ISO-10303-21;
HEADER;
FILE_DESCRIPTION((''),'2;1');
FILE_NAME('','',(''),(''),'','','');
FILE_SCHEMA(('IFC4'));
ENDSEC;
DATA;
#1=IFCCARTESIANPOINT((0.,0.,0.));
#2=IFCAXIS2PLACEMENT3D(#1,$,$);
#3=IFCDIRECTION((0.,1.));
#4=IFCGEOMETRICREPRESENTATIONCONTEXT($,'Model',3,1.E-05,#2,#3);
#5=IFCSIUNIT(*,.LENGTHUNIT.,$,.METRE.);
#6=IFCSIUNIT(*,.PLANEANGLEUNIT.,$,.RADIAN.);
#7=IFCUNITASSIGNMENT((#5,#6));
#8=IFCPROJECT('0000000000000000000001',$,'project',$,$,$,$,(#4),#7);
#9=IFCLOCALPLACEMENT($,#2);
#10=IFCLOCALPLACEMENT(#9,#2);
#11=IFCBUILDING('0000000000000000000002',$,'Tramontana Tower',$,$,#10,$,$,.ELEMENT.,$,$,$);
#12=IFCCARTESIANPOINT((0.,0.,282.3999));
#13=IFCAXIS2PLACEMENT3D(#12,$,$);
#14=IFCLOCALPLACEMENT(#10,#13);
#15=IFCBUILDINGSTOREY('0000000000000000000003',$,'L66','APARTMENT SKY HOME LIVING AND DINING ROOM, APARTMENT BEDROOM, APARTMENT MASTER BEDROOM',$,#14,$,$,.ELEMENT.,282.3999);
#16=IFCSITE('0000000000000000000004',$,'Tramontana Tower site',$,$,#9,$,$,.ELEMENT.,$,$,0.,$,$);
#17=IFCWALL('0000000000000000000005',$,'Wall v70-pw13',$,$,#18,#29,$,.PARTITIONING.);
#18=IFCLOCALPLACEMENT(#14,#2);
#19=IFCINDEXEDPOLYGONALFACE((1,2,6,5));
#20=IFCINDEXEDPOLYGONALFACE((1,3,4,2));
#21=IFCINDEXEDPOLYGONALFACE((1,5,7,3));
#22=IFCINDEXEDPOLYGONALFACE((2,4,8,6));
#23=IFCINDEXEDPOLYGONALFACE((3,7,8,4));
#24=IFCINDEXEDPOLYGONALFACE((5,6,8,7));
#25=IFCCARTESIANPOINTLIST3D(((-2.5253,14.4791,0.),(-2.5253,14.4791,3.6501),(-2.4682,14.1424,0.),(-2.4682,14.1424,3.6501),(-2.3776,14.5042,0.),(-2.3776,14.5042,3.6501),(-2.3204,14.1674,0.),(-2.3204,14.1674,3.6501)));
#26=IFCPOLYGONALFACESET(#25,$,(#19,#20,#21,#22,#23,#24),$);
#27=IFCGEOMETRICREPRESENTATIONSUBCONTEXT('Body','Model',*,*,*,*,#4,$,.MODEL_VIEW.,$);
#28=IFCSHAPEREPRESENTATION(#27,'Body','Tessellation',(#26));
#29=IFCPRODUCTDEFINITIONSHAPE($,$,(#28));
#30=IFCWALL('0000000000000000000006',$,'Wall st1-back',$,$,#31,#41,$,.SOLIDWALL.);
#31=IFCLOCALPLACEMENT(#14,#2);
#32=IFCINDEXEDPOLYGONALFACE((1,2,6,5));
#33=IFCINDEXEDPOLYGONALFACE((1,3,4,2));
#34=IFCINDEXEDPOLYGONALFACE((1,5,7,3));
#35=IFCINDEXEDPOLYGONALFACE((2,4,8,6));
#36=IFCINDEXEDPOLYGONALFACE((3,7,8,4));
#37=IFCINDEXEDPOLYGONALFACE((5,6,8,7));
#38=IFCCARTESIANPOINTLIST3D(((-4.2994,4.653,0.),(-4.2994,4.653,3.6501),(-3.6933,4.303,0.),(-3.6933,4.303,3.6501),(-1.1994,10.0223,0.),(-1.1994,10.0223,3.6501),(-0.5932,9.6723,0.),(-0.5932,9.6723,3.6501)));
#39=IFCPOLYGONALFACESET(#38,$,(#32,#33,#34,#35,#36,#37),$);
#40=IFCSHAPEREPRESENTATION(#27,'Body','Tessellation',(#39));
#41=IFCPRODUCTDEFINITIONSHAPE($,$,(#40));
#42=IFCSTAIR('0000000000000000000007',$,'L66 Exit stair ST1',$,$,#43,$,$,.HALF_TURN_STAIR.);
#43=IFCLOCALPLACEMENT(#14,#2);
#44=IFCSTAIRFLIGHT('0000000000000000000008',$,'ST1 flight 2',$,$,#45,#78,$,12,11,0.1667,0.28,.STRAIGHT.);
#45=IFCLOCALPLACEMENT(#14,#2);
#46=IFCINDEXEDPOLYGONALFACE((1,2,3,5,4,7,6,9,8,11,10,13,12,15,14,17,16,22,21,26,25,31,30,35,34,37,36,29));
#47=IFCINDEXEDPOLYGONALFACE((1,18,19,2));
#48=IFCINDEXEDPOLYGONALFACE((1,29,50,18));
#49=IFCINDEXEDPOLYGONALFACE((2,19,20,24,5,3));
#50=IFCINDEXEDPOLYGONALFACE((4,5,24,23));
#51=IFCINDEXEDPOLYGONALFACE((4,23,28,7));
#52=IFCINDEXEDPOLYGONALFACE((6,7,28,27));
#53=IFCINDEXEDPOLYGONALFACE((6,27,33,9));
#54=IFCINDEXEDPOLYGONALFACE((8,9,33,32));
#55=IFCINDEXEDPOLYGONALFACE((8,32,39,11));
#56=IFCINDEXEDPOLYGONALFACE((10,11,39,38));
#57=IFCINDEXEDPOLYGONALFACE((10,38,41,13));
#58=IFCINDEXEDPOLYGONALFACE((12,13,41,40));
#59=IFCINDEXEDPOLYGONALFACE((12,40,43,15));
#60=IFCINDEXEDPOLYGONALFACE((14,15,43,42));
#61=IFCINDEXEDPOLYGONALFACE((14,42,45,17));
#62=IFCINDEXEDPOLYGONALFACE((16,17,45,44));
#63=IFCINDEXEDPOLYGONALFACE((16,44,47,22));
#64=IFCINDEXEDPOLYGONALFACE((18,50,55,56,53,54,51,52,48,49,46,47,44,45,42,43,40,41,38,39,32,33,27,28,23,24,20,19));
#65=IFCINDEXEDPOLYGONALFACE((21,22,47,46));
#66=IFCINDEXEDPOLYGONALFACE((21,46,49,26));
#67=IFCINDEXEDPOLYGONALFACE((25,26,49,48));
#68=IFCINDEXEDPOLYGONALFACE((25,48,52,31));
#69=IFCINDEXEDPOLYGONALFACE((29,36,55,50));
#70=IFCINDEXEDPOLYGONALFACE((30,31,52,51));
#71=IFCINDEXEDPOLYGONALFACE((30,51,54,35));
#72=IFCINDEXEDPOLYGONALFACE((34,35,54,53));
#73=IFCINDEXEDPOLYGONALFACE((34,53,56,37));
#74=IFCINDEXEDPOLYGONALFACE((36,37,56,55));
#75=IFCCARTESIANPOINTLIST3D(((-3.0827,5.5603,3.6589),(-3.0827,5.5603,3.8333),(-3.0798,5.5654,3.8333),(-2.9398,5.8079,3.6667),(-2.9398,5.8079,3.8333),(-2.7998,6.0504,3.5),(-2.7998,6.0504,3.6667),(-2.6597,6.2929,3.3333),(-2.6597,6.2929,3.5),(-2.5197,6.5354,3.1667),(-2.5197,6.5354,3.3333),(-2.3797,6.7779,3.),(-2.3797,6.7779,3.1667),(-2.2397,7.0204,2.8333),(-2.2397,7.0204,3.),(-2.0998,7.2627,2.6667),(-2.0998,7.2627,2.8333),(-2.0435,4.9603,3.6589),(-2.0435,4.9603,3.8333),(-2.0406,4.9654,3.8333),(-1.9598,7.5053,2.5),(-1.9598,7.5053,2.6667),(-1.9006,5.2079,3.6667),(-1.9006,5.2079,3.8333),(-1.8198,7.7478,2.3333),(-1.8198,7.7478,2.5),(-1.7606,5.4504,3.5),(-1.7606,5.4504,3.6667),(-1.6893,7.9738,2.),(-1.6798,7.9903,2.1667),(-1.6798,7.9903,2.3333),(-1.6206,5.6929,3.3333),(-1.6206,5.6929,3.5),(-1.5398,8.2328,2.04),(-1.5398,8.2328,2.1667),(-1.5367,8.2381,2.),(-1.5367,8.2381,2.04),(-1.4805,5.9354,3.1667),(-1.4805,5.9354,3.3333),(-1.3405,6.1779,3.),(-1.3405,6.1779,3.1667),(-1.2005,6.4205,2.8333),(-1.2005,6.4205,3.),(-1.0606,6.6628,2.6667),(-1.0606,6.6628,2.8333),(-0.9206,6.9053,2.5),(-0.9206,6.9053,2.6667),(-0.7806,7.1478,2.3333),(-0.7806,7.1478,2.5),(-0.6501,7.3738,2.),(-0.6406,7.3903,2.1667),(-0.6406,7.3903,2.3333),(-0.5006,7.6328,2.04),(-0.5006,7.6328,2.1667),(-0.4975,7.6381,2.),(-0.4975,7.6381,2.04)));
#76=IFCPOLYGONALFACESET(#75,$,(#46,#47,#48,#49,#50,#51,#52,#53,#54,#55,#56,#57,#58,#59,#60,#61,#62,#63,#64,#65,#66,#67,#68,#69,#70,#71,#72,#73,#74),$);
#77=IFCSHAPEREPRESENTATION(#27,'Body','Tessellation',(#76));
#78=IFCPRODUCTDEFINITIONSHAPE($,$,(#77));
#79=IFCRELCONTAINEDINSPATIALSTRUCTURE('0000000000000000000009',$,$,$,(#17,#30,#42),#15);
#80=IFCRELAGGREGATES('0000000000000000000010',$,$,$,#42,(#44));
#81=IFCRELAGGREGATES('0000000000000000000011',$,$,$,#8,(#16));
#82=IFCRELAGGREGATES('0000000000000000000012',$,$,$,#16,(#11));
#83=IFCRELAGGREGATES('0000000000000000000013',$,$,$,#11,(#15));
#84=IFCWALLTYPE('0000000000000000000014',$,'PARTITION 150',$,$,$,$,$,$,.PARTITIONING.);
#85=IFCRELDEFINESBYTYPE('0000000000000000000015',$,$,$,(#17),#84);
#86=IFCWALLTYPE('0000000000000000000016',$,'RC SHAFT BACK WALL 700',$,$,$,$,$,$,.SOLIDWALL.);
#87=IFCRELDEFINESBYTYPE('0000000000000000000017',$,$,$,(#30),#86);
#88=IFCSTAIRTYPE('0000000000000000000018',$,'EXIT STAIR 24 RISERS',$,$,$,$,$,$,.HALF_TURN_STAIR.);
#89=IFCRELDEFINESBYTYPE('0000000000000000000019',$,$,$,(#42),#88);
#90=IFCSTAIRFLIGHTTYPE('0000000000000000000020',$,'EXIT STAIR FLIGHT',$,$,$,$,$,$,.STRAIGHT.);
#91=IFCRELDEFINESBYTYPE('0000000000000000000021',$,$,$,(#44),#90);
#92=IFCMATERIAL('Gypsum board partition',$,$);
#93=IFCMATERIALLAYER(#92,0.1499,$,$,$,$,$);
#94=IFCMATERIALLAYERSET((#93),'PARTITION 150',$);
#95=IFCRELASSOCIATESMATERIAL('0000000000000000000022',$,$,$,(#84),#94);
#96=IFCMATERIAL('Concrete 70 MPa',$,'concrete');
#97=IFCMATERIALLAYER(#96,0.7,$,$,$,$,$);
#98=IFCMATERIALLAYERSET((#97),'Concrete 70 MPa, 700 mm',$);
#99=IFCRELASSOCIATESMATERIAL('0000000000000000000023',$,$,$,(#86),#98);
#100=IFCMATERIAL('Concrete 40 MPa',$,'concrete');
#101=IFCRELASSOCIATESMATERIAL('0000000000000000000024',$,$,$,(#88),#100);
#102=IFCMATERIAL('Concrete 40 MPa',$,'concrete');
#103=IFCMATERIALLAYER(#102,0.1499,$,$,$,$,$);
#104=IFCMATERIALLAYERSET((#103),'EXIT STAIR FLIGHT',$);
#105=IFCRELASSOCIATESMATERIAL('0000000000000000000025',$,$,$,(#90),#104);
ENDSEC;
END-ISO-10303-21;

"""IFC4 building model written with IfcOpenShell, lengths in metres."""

from ifc_helpers import new_model, si_unit, direction, frame, frame_2d, origin, place, context, subcontext, project, spatial, polyline, rectangle, outline, extrude, material, layer, layer_set, type_object, element, aggregate, save


model = new_model("IFC4")

# Units and contexts
model_context = context("Model", 3, precision=1e-05, world=origin(), true_north=direction((0.0, 1.0)))
body_context = subcontext(model_context, "Body", "Model", "MODEL_VIEW")
ifc_project = project(units=[si_unit("LENGTHUNIT", "METRE"), si_unit("PLANEANGLEUNIT", "RADIAN")], contexts=[model_context])

# Site, building, storey
site_placement = place(None, origin())
site = spatial("IfcSite", under=ifc_project, at=site_placement, Name="Tramontana Tower site", CompositionType="ELEMENT", RefElevation=0.0)
building_placement = place(site_placement, origin())
building = spatial("IfcBuilding", under=site, at=building_placement, Name="Tramontana Tower", CompositionType="ELEMENT")
storey_placement = place(building_placement, frame((0.0, 0.0, 282.3999)))
storey = spatial("IfcBuildingStorey", under=building, at=storey_placement, Name="L66", Description="APARTMENT SKY HOME LIVING AND DINING ROOM, APARTMENT BEDROOM, APARTMENT MASTER BEDROOM", CompositionType="ELEMENT", Elevation=282.3999)

# Shared definitions
ifc_material_1 = material(Name="Gypsum board partition")
ifc_layer_1 = layer(ifc_material_1, 0.1499)
ifc_layer_set_1 = layer_set([ifc_layer_1], Name="PARTITION 150")
wall_type_1 = type_object("IfcWallType", Name="PARTITION 150", PredefinedType="PARTITIONING", material=ifc_layer_set_1)

# Walls
wall_1_placement = place(storey_placement, frame((-2.3943, 14.1548, 0.0), z_axis=(0.0, 0.0, 1.0), x_axis=(-0.167297, 0.985907, 0.0)))
element("IfcWall", 1, at=wall_1_placement, inside=storey, type_object=wall_type_1, Name="Wall v70-pw13", PredefinedType="PARTITIONING", context=body_context, shape_type="SweptSolid", body=[
    extrude(rectangle(XDim=0.3416, YDim=0.1499, at=frame_2d((0.1709, 0.0))), origin(), (0.0, 0.0, 1.0), 3.6501),
])
ifc_material_2 = material(Name="Concrete 70 MPa", Category="concrete")
ifc_layer_2 = layer(ifc_material_2, 0.7)
ifc_layer_set_2 = layer_set([ifc_layer_2], Name="Concrete 70 MPa, 700 mm")
wall_type_2 = type_object("IfcWallType", Name="RC SHAFT BACK WALL 700", PredefinedType="SOLIDWALL", material=ifc_layer_set_2)
wall_2_placement = place(storey_placement, frame((-0.8962, 9.8474, 0.0), z_axis=(0.0, 0.0, 1.0), x_axis=(-0.50001, -0.86602, 0.0)))
element("IfcWall", 2, at=wall_2_placement, inside=storey, type_object=wall_type_2, Name="Wall st1-back", PredefinedType="SOLIDWALL", context=body_context, shape_type="SweptSolid", body=[
    extrude(rectangle(XDim=6.2, YDim=0.7, at=frame_2d((3.1001, 0.0))), origin(), (0.0, 0.0, 1.0), 3.6501),
])

# Stair, stair flight
ifc_material_3 = material(Name="Concrete 40 MPa", Category="concrete")
stair_type = type_object("IfcStairType", Name="EXIT STAIR 24 RISERS", PredefinedType="HALF_TURN_STAIR", material=ifc_material_3)
stair_placement = place(storey_placement, origin())
stair = element("IfcStair", 3, at=stair_placement, inside=storey, type_object=stair_type, Name="L66 Exit stair ST1", PredefinedType="HALF_TURN_STAIR")
ifc_material_4 = material(Name="Concrete 40 MPa", Category="concrete")
ifc_layer_3 = layer(ifc_material_4, 0.1499)
ifc_layer_set_3 = layer_set([ifc_layer_3], Name="EXIT STAIR FLIGHT")
stair_flight_type = type_object("IfcStairFlightType", Name="EXIT STAIR FLIGHT", PredefinedType="STRAIGHT", material=ifc_layer_set_3)
stair_flight_placement = place(storey_placement, frame((-1.0203, 7.9329, 2.0), z_axis=(0.0, 0.0, 1.0), x_axis=(-0.5, -0.866025, 0.0)))
stair_flight = element("IfcStairFlight", 4, at=stair_flight_placement, type_object=stair_flight_type, Name="ST1 flight 2", NumberOfRisers=12, NumberOfTreads=11, PredefinedType="STRAIGHT", RiserHeight=0.1667, TreadLength=0.28, context=body_context, shape_type="SweptSolid", body=[
    extrude(outline(polyline([(-0.0061, 0.0), (-0.0061, 0.04), (0.0, 0.04), (0.0, 0.1667), (0.28, 0.1667), (0.28, 0.3333), (0.5601, 0.3333), (0.5601, 0.5), (0.8401, 0.5), (0.8401, 0.6667), (1.1201, 0.6667), (1.1201, 0.8333), (1.3999, 0.8333), (1.3999, 1.0), (1.6799, 1.0), (1.6799, 1.1667), (1.96, 1.1667), (1.96, 1.3333), (2.24, 1.3333), (2.24, 1.5), (2.52, 1.5), (2.52, 1.6667), (2.8, 1.6667), (2.8, 1.8333), (3.0801, 1.8333), (3.0859, 1.8333), (3.0859, 1.6589), (0.2991, 0.0), (-0.0061, 0.0)])), frame((0.0, 0.6001, 0.0), z_axis=(0.0, -1.0, 0.0), x_axis=(1.0, 0.0, 0.0)), (0.0, 0.0, 1.0), 1.2),
])
aggregate(stair, [stair_flight])

save(model, "model.ifc")
